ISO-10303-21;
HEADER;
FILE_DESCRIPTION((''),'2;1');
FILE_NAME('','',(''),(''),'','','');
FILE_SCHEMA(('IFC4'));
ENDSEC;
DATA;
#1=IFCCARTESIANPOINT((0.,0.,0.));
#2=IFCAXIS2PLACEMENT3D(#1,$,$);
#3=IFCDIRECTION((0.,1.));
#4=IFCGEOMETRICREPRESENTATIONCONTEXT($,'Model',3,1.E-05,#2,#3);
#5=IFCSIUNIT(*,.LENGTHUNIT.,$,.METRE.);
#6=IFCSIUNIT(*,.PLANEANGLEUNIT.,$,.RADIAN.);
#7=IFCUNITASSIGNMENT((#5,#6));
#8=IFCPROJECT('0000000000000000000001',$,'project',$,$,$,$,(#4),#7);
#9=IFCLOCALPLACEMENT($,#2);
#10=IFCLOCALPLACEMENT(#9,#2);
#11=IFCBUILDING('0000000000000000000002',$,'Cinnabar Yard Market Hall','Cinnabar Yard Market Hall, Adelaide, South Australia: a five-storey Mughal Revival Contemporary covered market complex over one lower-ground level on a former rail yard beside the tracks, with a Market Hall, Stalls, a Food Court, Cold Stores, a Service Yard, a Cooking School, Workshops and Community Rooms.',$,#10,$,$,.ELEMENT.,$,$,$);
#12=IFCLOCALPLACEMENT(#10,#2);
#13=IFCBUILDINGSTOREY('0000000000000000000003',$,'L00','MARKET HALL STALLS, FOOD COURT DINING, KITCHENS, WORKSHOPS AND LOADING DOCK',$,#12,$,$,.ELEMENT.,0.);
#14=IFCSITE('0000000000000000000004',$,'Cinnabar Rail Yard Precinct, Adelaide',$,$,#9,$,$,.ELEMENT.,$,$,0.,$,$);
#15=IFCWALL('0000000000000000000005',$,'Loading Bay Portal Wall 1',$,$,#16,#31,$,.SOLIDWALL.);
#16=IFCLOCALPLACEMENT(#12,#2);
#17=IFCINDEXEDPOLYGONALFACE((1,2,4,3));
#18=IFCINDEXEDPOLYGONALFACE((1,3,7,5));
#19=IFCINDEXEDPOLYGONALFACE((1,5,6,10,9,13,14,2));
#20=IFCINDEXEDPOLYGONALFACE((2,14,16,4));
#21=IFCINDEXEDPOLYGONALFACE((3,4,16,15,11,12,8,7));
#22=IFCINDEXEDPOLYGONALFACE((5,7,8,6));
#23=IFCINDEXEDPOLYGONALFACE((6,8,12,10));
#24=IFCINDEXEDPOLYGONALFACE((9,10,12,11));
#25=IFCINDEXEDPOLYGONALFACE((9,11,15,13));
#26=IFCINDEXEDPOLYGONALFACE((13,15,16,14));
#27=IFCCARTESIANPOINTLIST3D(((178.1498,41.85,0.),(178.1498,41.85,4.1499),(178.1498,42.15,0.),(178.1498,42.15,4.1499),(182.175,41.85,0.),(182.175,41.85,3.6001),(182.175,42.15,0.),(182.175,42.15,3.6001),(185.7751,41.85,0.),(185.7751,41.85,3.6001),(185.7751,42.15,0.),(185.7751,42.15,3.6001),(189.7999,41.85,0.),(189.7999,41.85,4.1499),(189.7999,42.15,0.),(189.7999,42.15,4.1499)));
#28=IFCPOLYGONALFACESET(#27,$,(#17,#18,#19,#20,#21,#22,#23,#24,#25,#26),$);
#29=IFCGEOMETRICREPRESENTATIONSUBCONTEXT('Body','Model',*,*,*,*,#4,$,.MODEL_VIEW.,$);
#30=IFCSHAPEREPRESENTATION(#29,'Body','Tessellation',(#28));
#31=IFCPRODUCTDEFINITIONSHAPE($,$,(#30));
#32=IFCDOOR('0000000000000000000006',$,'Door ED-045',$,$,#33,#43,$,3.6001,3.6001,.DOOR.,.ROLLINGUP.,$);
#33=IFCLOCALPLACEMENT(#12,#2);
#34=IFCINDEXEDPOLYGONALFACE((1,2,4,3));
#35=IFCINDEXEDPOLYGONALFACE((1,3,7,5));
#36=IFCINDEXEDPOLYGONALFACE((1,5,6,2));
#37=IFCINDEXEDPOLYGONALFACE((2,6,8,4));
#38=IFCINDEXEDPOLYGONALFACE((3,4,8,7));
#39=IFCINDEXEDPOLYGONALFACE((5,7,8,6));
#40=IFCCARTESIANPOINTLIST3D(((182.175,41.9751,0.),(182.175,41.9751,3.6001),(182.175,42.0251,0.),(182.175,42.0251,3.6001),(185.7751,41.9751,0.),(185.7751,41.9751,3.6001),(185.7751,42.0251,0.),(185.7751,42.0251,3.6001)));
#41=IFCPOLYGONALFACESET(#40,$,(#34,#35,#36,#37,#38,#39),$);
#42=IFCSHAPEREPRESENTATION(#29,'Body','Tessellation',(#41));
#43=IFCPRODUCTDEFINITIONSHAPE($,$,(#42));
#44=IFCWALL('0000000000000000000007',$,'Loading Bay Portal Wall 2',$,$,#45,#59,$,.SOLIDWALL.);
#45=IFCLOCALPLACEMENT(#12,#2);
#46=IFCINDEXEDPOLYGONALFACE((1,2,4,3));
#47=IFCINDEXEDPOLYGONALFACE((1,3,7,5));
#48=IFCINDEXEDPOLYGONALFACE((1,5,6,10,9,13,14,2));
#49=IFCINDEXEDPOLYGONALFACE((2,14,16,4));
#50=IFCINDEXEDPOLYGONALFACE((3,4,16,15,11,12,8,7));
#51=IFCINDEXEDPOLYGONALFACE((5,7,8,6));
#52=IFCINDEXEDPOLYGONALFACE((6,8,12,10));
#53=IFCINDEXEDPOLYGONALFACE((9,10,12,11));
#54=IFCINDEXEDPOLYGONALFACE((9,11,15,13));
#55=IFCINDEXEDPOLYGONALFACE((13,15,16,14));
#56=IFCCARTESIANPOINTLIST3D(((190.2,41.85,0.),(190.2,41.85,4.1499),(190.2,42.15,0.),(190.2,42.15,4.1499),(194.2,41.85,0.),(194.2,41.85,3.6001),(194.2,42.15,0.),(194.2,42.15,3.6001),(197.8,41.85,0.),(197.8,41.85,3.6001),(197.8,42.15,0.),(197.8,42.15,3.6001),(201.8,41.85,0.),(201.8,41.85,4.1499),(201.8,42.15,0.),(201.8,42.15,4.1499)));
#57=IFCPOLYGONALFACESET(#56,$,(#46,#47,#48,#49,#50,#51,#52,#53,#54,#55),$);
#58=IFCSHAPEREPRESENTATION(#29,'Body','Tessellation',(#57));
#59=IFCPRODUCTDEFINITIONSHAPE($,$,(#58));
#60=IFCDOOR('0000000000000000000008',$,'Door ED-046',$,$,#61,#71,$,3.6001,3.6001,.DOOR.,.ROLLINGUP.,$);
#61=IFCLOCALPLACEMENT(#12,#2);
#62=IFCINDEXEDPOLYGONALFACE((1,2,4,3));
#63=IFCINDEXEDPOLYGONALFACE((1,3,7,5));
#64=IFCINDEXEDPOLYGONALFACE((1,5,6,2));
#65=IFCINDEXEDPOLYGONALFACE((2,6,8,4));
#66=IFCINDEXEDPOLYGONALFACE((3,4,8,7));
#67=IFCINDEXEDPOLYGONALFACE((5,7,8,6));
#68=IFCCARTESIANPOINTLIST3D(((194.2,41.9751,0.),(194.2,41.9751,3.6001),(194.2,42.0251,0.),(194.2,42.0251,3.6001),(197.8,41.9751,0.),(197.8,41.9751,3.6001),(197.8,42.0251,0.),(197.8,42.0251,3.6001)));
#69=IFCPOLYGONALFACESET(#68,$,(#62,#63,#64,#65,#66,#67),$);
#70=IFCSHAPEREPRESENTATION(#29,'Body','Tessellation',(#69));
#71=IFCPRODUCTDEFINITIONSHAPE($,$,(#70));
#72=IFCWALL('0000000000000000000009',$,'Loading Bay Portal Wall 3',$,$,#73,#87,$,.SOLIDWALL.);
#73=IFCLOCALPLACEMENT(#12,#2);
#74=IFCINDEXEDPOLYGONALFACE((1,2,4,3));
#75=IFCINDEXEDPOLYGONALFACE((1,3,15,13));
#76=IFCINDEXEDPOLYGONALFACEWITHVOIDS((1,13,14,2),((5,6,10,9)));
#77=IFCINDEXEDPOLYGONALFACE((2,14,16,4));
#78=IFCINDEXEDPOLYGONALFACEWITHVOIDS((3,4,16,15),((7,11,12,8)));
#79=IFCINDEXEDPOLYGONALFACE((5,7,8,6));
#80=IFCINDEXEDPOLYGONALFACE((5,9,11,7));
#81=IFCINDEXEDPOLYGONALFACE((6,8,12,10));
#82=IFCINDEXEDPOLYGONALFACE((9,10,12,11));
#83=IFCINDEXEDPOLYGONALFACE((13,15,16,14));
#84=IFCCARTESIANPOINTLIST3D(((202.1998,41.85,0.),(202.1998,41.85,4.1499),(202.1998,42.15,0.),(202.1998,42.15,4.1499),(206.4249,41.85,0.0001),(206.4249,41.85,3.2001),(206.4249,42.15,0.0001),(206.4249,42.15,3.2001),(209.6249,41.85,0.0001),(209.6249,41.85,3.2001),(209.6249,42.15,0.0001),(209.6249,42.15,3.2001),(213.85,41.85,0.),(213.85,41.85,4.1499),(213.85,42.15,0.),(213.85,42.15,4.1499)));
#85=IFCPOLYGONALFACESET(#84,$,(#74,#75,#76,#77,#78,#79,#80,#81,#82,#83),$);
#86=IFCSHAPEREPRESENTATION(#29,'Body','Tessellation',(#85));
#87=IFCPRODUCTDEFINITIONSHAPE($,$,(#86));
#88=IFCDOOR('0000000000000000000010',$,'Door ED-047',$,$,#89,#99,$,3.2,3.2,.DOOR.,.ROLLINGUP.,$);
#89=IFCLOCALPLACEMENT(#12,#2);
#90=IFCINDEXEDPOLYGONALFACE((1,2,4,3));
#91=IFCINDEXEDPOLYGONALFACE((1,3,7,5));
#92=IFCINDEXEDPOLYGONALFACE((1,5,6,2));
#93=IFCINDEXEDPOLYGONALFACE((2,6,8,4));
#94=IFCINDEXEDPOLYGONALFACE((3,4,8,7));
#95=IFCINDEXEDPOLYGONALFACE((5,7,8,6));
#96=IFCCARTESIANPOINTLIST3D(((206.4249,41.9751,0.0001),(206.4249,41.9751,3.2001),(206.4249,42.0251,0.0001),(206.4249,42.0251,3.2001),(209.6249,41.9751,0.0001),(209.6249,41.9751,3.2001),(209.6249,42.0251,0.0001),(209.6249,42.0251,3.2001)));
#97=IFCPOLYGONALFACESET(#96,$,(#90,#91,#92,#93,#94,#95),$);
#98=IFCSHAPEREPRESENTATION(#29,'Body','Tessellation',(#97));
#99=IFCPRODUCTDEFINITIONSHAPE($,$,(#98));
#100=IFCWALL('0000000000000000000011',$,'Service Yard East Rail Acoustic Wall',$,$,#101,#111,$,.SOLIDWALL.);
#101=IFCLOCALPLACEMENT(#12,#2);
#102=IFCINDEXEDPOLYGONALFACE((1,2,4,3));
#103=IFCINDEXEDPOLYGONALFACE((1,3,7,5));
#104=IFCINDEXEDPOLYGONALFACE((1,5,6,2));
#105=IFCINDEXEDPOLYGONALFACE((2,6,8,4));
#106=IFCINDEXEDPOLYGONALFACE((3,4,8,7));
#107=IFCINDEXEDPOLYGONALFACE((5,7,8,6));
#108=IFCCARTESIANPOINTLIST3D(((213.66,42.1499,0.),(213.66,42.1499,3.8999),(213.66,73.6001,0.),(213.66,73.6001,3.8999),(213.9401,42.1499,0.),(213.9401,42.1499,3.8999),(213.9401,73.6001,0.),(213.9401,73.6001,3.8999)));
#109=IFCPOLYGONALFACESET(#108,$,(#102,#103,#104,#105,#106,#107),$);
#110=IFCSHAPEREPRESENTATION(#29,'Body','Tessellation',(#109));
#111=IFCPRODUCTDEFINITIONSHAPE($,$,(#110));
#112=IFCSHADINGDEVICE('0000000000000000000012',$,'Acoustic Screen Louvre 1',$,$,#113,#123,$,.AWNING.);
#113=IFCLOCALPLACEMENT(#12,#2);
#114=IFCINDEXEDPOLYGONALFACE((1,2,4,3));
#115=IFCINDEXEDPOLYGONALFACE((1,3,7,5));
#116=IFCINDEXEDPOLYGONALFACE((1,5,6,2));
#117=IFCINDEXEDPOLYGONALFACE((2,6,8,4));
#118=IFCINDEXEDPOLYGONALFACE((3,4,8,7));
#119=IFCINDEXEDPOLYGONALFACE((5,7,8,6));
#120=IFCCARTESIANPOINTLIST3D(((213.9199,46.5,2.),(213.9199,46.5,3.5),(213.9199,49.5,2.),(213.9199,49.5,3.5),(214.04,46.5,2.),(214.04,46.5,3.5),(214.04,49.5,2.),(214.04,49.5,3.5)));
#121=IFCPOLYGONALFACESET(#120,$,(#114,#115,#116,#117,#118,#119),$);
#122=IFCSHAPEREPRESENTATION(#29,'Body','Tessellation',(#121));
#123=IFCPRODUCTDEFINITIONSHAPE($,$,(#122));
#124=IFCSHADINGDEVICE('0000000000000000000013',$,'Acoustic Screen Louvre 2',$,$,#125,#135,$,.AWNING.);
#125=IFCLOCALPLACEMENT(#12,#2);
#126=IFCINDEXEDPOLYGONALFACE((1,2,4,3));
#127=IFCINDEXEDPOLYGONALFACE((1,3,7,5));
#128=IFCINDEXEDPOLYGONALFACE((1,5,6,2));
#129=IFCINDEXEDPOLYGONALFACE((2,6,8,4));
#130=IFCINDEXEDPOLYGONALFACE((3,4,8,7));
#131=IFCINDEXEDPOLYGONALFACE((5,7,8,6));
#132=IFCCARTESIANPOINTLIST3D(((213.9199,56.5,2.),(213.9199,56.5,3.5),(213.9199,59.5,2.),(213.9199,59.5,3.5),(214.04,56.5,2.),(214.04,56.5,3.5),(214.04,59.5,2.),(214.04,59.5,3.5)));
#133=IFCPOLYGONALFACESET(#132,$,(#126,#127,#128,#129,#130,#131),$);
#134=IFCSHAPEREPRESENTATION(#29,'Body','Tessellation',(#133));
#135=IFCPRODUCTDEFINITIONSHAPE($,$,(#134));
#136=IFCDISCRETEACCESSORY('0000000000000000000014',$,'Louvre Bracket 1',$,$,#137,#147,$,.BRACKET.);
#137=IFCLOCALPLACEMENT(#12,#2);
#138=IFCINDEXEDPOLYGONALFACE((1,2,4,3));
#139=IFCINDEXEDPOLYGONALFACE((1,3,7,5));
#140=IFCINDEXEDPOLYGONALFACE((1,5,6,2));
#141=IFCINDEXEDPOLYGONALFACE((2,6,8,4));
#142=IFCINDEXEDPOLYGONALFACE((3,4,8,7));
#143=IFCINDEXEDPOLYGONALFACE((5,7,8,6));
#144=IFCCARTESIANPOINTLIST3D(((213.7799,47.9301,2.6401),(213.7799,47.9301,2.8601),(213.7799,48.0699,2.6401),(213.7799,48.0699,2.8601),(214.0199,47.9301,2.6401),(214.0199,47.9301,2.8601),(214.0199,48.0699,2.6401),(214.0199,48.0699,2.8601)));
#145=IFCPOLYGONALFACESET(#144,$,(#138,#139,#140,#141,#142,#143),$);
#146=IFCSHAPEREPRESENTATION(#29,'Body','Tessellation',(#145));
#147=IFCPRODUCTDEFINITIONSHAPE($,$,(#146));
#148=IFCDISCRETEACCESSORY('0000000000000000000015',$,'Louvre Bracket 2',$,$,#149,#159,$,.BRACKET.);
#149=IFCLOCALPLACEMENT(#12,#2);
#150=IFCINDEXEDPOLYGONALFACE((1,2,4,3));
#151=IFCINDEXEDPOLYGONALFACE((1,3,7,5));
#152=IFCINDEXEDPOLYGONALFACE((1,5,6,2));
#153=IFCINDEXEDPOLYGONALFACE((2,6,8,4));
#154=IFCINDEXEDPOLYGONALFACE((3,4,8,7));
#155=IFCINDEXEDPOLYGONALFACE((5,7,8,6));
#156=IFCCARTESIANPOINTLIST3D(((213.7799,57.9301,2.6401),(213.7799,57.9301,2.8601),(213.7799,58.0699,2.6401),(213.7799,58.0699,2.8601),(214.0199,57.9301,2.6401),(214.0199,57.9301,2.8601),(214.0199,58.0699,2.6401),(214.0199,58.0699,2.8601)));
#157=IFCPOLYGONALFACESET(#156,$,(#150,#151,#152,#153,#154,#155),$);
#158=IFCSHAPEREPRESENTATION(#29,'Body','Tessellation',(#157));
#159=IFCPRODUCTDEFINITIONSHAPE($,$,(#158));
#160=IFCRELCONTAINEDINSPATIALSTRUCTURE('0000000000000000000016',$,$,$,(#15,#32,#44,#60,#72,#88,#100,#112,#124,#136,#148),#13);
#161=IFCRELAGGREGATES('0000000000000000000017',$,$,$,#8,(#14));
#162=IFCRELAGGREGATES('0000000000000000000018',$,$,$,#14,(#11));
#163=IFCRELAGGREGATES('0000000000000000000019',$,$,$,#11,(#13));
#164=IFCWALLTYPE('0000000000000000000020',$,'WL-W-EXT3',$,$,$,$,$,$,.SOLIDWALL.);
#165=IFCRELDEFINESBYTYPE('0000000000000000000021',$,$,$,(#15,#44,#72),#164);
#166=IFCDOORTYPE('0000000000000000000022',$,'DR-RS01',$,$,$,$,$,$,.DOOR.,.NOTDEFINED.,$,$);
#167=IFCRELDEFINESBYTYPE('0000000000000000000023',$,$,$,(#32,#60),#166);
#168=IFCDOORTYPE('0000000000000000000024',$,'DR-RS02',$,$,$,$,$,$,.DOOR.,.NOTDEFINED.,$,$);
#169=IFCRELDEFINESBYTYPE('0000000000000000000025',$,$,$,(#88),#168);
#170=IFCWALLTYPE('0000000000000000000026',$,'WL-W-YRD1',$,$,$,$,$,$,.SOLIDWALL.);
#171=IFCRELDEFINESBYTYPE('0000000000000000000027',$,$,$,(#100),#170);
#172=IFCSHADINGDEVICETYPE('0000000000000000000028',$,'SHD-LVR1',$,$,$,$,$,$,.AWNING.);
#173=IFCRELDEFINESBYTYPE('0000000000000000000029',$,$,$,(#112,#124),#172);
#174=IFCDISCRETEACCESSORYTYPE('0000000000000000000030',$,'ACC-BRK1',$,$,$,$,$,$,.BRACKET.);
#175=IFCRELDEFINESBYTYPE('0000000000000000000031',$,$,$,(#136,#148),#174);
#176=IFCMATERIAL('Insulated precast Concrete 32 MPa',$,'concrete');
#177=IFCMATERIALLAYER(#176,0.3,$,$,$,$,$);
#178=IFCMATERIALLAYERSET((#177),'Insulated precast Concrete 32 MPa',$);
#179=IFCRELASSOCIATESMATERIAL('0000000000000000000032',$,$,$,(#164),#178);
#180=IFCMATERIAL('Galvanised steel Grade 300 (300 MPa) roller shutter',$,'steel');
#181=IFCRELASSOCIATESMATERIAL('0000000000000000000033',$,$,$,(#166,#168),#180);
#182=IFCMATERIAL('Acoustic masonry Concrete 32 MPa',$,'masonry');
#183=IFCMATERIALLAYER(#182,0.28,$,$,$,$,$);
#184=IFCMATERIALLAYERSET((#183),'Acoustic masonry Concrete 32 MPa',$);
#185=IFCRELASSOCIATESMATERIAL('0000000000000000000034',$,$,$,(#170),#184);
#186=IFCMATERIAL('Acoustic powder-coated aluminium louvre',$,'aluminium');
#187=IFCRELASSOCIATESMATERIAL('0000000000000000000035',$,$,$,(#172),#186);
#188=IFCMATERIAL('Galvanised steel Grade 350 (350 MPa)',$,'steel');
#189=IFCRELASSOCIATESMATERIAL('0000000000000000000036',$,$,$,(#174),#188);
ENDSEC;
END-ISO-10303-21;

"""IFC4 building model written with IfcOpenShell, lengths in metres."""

from ifc_helpers import new_model, si_unit, direction, frame, frame_2d, origin, origin_2d_with_axis, place, context, subcontext, project, spatial, rectangle, extrude, material, layer, layer_set, type_object, element, fill, save


model = new_model("IFC4")

# Units and contexts
model_context = context("Model", 3, precision=1e-05, world=origin(), true_north=direction((0.0, 1.0)))
body_context = subcontext(model_context, "Body", "Model", "MODEL_VIEW")
ifc_project = project(units=[si_unit("LENGTHUNIT", "METRE"), si_unit("PLANEANGLEUNIT", "RADIAN")], contexts=[model_context])

# Site, building, storey
site_placement = place(None, origin())
site = spatial("IfcSite", under=ifc_project, at=site_placement, Name="Cinnabar Rail Yard Precinct, Adelaide", CompositionType="ELEMENT", RefElevation=0.0)
building_placement = place(site_placement, origin())
building = spatial("IfcBuilding", under=site, at=building_placement, Name="Cinnabar Yard Market Hall", Description="Cinnabar Yard Market Hall, Adelaide, South Australia: a five-storey Mughal Revival Contemporary covered market complex over one lower-ground level on a former rail yard beside the tracks, with a Market Hall, Stalls, a Food Court, Cold Stores, a Service Yard, a Cooking School, Workshops and Community Rooms.", CompositionType="ELEMENT")
storey_placement = place(building_placement, origin())
storey = spatial("IfcBuildingStorey", under=building, at=storey_placement, Name="L00", Description="MARKET HALL STALLS, FOOD COURT DINING, KITCHENS, WORKSHOPS AND LOADING DOCK", CompositionType="ELEMENT", Elevation=0.0)

# Walls, openings, doors
ifc_material_1 = material(Name="Insulated precast Concrete 32 MPa", Category="concrete")
ifc_layer_1 = layer(ifc_material_1, 0.3)
ifc_layer_set_1 = layer_set([ifc_layer_1], Name="Insulated precast Concrete 32 MPa")
wall_type_1 = type_object("IfcWallType", Name="WL-W-EXT3", PredefinedType="SOLIDWALL", material=ifc_layer_set_1)
wall_1_placement = place(storey_placement, frame((189.8, 42.0, 0.0), z_axis=(0.0, 0.0, 1.0), x_axis=(-1.0, 0.0, 0.0)))
wall_1 = element("IfcWall", 1, at=wall_1_placement, inside=storey, type_object=wall_type_1, Name="Loading Bay Portal Wall 1", PredefinedType="SOLIDWALL", context=body_context, shape_type="SweptSolid", body=[
    extrude(rectangle(XDim=11.6501, YDim=0.3, at=frame_2d((5.8252, 0.0), x_axis=(1.0, 0.0))), origin(), (0.0, 0.0, 1.0), 4.1499),
])
opening_1_placement = place(wall_1_placement, frame((4.0249, 0.0, 0.0)))
opening_1 = element("IfcOpeningElement", 2, at=opening_1_placement, cuts=wall_1, PredefinedType="OPENING", context=body_context, shape_type="SweptSolid", body=[
    extrude(rectangle(XDim=3.6001, YDim=3.6001, at=frame_2d((1.8, 1.8), x_axis=(1.0, 0.0))), frame((0.0, 0.1599, 0.0), z_axis=(0.0, -1.0, 0.0), x_axis=(1.0, 0.0, 0.0)), (0.0, 0.0, 1.0), 0.3201),
])
ifc_material_2 = material(Name="Galvanised steel Grade 300 (300 MPa) roller shutter", Category="steel")
door_type_1 = type_object("IfcDoorType", Name="DR-RS01", OperationType="NOTDEFINED", PredefinedType="DOOR", material=ifc_material_2)
door_1_placement = place(opening_1_placement, origin())
door_1 = element("IfcDoor", 3, at=door_1_placement, inside=storey, type_object=door_type_1, Name="Door ED-045", OperationType="ROLLINGUP", OverallHeight=3.6001, OverallWidth=3.6001, PredefinedType="DOOR", context=body_context, shape_type="SweptSolid", body=[
    extrude(rectangle(XDim=3.6001, YDim=3.6001, at=frame_2d((1.8, 1.8), x_axis=(1.0, 0.0))), frame((0.0, 0.0249, 0.0), z_axis=(0.0, -1.0, 0.0), x_axis=(1.0, 0.0, 0.0)), (0.0, 0.0, 1.0), 0.05),
])
fill(opening_1, door_1)
wall_2_placement = place(storey_placement, frame((201.8, 42.0, 0.0), z_axis=(0.0, 0.0, 1.0), x_axis=(-1.0, 0.0, 0.0)))
wall_2 = element("IfcWall", 4, at=wall_2_placement, inside=storey, type_object=wall_type_1, Name="Loading Bay Portal Wall 2", PredefinedType="SOLIDWALL", context=body_context, shape_type="SweptSolid", body=[
    extrude(rectangle(XDim=11.6001, YDim=0.3, at=frame_2d((5.8, 0.0), x_axis=(1.0, 0.0))), origin(), (0.0, 0.0, 1.0), 4.1499),
])
opening_2_placement = place(wall_2_placement, frame((4.0, 0.0, 0.0)))
opening_2 = element("IfcOpeningElement", 5, at=opening_2_placement, cuts=wall_2, PredefinedType="OPENING", context=body_context, shape_type="SweptSolid", body=[
    extrude(rectangle(XDim=3.6001, YDim=3.6001, at=frame_2d((1.8, 1.8), x_axis=(1.0, 0.0))), frame((0.0, 0.1599, 0.0), z_axis=(0.0, -1.0, 0.0), x_axis=(1.0, 0.0, 0.0)), (0.0, 0.0, 1.0), 0.3201),
])
door_2_placement = place(opening_2_placement, origin())
door_2 = element("IfcDoor", 6, at=door_2_placement, inside=storey, type_object=door_type_1, Name="Door ED-046", OperationType="ROLLINGUP", OverallHeight=3.6001, OverallWidth=3.6001, PredefinedType="DOOR", context=body_context, shape_type="SweptSolid", body=[
    extrude(rectangle(XDim=3.6001, YDim=3.6001, at=frame_2d((1.8, 1.8), x_axis=(1.0, 0.0))), frame((0.0, 0.0249, 0.0), z_axis=(0.0, -1.0, 0.0), x_axis=(1.0, 0.0, 0.0)), (0.0, 0.0, 1.0), 0.05),
])
fill(opening_2, door_2)
wall_3_placement = place(storey_placement, frame((213.8501, 42.0, 0.0), z_axis=(0.0, 0.0, 1.0), x_axis=(-1.0, 0.0, 0.0)))
wall_3 = element("IfcWall", 7, at=wall_3_placement, inside=storey, type_object=wall_type_1, Name="Loading Bay Portal Wall 3", PredefinedType="SOLIDWALL", context=body_context, shape_type="SweptSolid", body=[
    extrude(rectangle(XDim=11.6501, YDim=0.3, at=frame_2d((5.8252, 0.0), x_axis=(1.0, 0.0))), origin(), (0.0, 0.0, 1.0), 4.1499),
])
opening_3_placement = place(wall_3_placement, frame((4.2251, 0.0, 0.0)))
opening_3 = element("IfcOpeningElement", 8, at=opening_3_placement, cuts=wall_3, PredefinedType="OPENING", context=body_context, shape_type="SweptSolid", body=[
    extrude(rectangle(XDim=3.2, YDim=3.2, at=frame_2d((1.6001, 1.6001), x_axis=(1.0, 0.0))), frame((0.0, 0.1599, 0.0), z_axis=(0.0, -1.0, 0.0), x_axis=(1.0, 0.0, 0.0)), (0.0, 0.0, 1.0), 0.3201),
])
door_type_2 = type_object("IfcDoorType", Name="DR-RS02", OperationType="NOTDEFINED", PredefinedType="DOOR", material=ifc_material_2)
door_3_placement = place(opening_3_placement, origin())
door_3 = element("IfcDoor", 9, at=door_3_placement, inside=storey, type_object=door_type_2, Name="Door ED-047", OperationType="ROLLINGUP", OverallHeight=3.2, OverallWidth=3.2, PredefinedType="DOOR", context=body_context, shape_type="SweptSolid", body=[
    extrude(rectangle(XDim=3.2, YDim=3.2, at=frame_2d((1.6001, 1.6001), x_axis=(1.0, 0.0))), frame((0.0, 0.0249, 0.0), z_axis=(0.0, -1.0, 0.0), x_axis=(1.0, 0.0, 0.0)), (0.0, 0.0, 1.0), 0.05),
])
fill(opening_3, door_3)

# Wall
ifc_material_3 = material(Name="Acoustic masonry Concrete 32 MPa", Category="masonry")
ifc_layer_2 = layer(ifc_material_3, 0.28)
ifc_layer_set_2 = layer_set([ifc_layer_2], Name="Acoustic masonry Concrete 32 MPa")
wall_type_2 = type_object("IfcWallType", Name="WL-W-YRD1", PredefinedType="SOLIDWALL", material=ifc_layer_set_2)
wall_4_placement = place(storey_placement, frame((213.8, 42.1499, 0.0), z_axis=(0.0, 0.0, 1.0), x_axis=(0.0, 1.0, 0.0)))
element("IfcWall", 10, at=wall_4_placement, inside=storey, type_object=wall_type_2, Name="Service Yard East Rail Acoustic Wall", PredefinedType="SOLIDWALL", context=body_context, shape_type="SweptSolid", body=[
    extrude(rectangle(XDim=31.4502, YDim=0.28, at=frame_2d((15.7251, 0.0), x_axis=(1.0, 0.0))), origin(), (0.0, 0.0, 1.0), 3.8999),
])

# Shading devices
ifc_material_4 = material(Name="Acoustic powder-coated aluminium louvre", Category="aluminium")
shading_device_type = type_object("IfcShadingDeviceType", Name="SHD-LVR1", PredefinedType="AWNING", material=ifc_material_4)
for number, where, z_axis, x_axis, name in (
    (11, (213.98, 48.0, 2.0), (0.0, 0.0, 1.0), (1.0, 0.0, 0.0), "Acoustic Screen Louvre 1"),
    (12, (213.98, 58.0, 2.0), (0.0, 0.0, 1.0), (1.0, 0.0, 0.0), "Acoustic Screen Louvre 2"),
):
    element("IfcShadingDevice", number, at=place(storey_placement, frame(where, z_axis=z_axis, x_axis=x_axis)), inside=storey, type_object=shading_device_type, Name=name, PredefinedType="AWNING", context=body_context, shape_type="SweptSolid", body=[
        extrude(rectangle(XDim=0.1201, YDim=3.0, at=origin_2d_with_axis()), origin(), (0.0, 0.0, 1.0), 1.5),
    ])

# Discrete accessories
ifc_material_5 = material(Name="Galvanised steel Grade 350 (350 MPa)", Category="steel")
discrete_accessory_type = type_object("IfcDiscreteAccessoryType", Name="ACC-BRK1", PredefinedType="BRACKET", material=ifc_material_5)
for number, where, z_axis, x_axis, name in (
    (13, (213.8999, 48.0, 2.6401), (0.0, 0.0, 1.0), (1.0, 0.0, 0.0), "Louvre Bracket 1"),
    (14, (213.8999, 58.0, 2.6401), (0.0, 0.0, 1.0), (1.0, 0.0, 0.0), "Louvre Bracket 2"),
):
    element("IfcDiscreteAccessory", number, at=place(storey_placement, frame(where, z_axis=z_axis, x_axis=x_axis)), inside=storey, type_object=discrete_accessory_type, Name=name, PredefinedType="BRACKET", context=body_context, shape_type="SweptSolid", body=[
        extrude(rectangle(XDim=0.24, YDim=0.1399, at=origin_2d_with_axis()), origin(), (0.0, 0.0, 1.0), 0.22),
    ])

save(model, "model.ifc")
